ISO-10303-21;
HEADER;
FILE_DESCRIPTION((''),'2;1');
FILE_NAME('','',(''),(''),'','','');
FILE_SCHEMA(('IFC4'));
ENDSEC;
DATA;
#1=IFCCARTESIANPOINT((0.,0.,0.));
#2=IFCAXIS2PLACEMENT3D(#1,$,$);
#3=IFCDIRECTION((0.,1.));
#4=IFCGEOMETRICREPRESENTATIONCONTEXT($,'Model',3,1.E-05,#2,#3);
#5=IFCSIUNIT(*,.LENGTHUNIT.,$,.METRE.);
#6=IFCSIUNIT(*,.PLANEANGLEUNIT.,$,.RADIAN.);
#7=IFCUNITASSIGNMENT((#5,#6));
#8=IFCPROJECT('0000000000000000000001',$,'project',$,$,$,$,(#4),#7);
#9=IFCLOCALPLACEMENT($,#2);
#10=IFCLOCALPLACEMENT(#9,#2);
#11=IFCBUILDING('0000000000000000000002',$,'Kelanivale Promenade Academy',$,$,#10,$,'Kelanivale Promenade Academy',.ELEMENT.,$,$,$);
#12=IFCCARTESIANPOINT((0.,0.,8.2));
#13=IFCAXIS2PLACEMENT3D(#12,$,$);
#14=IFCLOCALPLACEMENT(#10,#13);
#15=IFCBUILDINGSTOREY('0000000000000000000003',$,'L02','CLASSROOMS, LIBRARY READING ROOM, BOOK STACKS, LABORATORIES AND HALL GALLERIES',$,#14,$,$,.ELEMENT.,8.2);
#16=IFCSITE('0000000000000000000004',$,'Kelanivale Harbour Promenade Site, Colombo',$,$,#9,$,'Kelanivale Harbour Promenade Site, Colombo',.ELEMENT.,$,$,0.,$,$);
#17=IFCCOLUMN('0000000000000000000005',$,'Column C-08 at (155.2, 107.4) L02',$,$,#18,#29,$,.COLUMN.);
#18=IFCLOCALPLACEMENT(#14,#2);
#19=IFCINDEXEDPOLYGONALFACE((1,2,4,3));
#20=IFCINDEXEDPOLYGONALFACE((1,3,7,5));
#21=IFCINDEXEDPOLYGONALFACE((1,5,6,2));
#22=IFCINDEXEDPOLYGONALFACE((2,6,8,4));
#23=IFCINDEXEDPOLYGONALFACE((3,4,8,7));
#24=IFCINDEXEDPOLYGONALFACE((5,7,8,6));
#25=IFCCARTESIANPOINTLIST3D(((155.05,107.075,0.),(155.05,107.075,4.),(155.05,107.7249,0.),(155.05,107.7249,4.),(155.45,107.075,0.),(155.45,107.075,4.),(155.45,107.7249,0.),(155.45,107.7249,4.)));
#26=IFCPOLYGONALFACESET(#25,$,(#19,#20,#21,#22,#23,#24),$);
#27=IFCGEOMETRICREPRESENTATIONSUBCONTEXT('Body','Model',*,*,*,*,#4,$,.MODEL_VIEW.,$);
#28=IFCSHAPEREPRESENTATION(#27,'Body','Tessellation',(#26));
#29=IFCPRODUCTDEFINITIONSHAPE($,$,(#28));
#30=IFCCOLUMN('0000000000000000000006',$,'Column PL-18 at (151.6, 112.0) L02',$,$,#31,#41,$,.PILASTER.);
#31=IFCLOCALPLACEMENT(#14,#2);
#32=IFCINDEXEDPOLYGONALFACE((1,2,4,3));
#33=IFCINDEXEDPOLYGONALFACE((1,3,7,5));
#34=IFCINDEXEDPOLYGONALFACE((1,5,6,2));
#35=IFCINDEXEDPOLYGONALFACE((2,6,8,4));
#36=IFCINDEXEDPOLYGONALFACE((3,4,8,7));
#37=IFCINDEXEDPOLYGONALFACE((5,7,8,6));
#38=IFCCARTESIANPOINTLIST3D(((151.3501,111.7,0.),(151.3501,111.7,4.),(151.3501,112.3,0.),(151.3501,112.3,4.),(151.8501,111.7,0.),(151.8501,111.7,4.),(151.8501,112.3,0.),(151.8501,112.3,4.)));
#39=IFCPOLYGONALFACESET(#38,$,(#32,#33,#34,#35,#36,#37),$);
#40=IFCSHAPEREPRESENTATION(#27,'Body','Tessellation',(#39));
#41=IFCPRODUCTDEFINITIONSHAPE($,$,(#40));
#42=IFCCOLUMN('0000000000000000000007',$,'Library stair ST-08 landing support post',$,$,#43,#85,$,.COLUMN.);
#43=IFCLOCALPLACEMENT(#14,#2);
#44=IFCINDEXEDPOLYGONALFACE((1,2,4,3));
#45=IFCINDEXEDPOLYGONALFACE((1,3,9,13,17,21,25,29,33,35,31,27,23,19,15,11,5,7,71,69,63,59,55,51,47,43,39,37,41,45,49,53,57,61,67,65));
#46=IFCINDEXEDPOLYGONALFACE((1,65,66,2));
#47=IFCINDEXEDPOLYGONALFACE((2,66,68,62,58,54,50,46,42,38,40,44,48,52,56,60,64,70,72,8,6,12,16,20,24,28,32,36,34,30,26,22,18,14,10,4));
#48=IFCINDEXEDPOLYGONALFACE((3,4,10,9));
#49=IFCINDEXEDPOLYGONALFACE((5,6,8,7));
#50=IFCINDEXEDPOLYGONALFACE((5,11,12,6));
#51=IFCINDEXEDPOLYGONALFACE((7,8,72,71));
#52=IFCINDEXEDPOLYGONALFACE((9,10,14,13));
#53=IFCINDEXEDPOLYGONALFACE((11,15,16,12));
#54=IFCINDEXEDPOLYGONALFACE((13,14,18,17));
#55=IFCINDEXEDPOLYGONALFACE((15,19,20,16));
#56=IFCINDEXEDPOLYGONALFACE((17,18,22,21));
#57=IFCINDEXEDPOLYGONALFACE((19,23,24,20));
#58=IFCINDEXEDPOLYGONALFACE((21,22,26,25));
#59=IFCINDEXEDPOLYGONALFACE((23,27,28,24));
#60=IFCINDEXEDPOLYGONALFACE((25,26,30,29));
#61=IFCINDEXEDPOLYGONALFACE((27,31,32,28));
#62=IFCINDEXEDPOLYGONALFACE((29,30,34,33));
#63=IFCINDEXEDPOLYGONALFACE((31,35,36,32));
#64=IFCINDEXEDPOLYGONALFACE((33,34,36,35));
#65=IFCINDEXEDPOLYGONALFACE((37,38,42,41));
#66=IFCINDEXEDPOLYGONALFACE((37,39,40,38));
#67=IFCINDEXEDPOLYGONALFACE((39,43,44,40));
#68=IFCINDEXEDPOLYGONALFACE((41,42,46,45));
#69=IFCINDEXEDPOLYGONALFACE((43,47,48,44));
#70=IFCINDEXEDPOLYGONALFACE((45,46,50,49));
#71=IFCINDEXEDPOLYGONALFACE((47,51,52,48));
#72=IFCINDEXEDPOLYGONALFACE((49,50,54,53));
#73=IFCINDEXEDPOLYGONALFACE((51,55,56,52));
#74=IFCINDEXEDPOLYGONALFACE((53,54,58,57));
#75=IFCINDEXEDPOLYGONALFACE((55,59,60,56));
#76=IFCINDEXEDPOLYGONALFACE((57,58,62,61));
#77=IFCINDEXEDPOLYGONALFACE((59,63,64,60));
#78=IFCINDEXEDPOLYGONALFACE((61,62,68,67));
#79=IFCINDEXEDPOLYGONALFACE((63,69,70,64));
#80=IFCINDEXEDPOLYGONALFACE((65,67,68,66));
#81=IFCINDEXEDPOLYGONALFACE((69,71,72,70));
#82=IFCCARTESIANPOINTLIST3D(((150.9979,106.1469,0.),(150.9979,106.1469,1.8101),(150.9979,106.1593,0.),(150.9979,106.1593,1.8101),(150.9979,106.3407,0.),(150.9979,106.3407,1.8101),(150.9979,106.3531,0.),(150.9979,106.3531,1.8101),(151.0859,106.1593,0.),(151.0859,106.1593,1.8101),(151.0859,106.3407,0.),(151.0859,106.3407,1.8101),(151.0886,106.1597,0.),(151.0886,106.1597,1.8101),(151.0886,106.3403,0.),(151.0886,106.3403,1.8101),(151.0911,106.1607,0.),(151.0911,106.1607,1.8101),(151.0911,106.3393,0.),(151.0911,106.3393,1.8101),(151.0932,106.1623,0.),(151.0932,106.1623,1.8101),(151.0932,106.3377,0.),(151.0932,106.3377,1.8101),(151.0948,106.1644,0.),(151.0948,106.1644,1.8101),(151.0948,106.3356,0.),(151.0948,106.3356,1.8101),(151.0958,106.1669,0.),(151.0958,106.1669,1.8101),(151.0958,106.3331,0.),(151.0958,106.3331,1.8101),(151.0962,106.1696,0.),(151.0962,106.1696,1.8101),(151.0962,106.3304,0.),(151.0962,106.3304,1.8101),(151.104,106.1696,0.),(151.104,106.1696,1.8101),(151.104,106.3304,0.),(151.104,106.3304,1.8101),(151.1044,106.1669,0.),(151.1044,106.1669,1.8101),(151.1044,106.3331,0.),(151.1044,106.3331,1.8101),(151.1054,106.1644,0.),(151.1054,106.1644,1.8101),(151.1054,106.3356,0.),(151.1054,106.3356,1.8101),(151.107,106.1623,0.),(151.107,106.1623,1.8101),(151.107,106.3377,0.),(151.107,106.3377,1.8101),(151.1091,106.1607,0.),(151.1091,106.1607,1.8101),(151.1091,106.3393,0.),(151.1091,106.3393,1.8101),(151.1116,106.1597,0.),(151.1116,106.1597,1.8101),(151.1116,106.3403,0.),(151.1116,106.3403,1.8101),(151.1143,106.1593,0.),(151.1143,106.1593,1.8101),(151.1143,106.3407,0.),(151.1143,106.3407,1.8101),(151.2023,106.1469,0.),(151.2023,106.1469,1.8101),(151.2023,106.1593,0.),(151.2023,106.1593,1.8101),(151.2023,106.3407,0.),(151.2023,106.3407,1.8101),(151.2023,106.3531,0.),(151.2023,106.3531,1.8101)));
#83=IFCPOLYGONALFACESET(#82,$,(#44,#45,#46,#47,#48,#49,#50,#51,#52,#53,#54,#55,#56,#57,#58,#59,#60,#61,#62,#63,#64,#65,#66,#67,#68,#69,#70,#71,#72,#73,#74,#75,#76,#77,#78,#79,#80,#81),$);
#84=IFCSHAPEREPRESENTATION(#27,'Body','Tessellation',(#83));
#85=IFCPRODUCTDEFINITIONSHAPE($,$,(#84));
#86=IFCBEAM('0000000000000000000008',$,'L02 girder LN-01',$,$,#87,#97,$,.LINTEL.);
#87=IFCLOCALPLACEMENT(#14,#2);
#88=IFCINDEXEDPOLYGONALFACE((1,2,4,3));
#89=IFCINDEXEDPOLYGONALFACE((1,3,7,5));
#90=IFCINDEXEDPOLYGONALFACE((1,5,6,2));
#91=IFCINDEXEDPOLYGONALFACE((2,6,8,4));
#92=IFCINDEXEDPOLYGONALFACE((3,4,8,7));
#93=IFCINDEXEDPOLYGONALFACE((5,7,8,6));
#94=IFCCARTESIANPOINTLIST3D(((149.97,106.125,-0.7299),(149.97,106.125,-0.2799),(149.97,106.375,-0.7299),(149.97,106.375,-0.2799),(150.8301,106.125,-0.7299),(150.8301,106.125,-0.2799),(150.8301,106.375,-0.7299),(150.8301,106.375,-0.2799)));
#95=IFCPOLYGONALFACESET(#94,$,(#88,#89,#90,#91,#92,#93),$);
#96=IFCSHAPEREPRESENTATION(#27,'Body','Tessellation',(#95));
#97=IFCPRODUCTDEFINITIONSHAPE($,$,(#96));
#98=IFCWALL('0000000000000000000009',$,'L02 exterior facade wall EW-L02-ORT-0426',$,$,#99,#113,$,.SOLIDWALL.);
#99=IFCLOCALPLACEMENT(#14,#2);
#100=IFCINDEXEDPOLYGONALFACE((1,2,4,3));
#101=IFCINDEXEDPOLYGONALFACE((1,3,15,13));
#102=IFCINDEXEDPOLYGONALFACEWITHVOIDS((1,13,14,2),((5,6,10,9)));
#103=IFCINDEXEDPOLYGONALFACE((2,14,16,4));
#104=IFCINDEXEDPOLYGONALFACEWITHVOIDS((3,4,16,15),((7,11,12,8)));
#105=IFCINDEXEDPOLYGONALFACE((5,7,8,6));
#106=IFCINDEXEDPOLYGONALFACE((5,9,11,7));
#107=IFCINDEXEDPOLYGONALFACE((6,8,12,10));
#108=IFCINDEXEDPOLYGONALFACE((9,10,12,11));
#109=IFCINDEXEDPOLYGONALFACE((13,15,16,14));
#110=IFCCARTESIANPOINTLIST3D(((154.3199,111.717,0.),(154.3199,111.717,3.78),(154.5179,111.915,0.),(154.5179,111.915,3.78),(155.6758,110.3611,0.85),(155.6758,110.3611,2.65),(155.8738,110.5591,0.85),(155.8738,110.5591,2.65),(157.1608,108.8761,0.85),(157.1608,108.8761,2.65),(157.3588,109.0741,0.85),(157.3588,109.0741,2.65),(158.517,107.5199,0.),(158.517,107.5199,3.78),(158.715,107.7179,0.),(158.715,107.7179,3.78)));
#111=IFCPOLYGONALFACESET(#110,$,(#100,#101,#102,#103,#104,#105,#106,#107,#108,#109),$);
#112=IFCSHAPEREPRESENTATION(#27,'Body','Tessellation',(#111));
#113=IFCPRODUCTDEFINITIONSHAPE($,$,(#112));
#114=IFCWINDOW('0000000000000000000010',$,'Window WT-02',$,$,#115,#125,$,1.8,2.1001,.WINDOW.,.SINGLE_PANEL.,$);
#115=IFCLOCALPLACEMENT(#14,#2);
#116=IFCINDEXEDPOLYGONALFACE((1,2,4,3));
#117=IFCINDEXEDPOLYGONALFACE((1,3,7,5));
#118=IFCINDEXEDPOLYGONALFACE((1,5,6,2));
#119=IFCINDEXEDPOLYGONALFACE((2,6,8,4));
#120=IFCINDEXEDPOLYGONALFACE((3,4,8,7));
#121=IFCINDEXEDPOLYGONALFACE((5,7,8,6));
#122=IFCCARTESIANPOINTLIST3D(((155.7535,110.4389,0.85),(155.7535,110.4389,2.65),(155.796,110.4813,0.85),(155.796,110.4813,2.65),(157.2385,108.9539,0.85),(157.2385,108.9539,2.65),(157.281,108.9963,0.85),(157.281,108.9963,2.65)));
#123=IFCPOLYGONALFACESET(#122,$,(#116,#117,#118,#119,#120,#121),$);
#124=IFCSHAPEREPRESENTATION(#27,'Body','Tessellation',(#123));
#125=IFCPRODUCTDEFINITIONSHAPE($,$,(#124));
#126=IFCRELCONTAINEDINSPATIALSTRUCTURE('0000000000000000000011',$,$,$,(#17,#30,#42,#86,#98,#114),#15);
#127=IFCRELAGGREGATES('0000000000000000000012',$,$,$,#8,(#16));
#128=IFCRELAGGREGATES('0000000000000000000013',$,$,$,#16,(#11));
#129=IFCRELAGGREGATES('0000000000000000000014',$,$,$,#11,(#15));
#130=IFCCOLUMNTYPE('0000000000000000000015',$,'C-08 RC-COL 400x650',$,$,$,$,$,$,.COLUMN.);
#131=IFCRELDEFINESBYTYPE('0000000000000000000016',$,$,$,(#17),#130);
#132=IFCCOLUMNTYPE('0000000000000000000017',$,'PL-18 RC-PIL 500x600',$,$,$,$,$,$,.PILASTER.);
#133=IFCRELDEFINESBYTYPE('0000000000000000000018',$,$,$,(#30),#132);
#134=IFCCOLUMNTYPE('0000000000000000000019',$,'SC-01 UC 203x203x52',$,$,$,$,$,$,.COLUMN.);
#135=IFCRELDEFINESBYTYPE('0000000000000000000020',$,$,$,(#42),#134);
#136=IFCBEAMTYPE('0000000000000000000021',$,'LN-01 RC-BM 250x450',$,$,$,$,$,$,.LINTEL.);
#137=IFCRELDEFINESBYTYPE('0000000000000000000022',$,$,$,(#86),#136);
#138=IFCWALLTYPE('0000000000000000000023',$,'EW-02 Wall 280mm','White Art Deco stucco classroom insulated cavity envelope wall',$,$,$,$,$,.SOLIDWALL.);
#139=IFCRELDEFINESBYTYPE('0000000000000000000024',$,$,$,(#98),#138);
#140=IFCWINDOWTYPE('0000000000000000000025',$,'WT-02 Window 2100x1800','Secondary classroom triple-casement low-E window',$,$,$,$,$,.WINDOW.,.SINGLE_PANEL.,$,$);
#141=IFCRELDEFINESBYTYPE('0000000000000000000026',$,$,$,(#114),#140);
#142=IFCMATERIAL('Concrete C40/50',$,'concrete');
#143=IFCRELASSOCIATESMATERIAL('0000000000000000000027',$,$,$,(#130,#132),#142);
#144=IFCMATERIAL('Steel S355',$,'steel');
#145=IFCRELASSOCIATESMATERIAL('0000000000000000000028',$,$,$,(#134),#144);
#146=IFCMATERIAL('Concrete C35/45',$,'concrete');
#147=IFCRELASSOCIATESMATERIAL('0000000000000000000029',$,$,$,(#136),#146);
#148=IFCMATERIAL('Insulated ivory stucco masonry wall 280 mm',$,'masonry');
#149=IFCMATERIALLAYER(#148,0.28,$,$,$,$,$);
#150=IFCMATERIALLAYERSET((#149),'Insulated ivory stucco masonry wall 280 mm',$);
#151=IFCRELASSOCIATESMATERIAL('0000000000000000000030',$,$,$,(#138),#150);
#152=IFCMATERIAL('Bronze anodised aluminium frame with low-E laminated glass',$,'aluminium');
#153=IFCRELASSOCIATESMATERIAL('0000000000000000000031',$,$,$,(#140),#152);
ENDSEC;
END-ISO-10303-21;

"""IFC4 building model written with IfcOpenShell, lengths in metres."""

from ifc_helpers import new_model, si_unit, direction, frame, frame_2d, origin, origin_2d, place, context, subcontext, project, spatial, rectangle, i_section, extrude, material, layer, layer_set, material_profile, profile_set, type_object, element, fill, save


model = new_model("IFC4")

# Units and contexts
model_context = context("Model", 3, precision=1e-05, world=origin(), true_north=direction((0.0, 1.0)))
body_context = subcontext(model_context, "Body", "Model", "MODEL_VIEW")
ifc_project = project(units=[si_unit("LENGTHUNIT", "METRE"), si_unit("PLANEANGLEUNIT", "RADIAN")], contexts=[model_context])

# Site, building, storey
site_placement = place(None, origin())
site = spatial("IfcSite", under=ifc_project, at=site_placement, Name="Kelanivale Harbour Promenade Site, Colombo", LongName="Kelanivale Harbour Promenade Site, Colombo", CompositionType="ELEMENT", RefElevation=0.0)
building_placement = place(site_placement, origin())
building = spatial("IfcBuilding", under=site, at=building_placement, Name="Kelanivale Promenade Academy", LongName="Kelanivale Promenade Academy", CompositionType="ELEMENT")
storey_placement = place(building_placement, frame((0.0, 0.0, 8.2)))
storey = spatial("IfcBuildingStorey", under=building, at=storey_placement, Name="L02", Description="CLASSROOMS, LIBRARY READING ROOM, BOOK STACKS, LABORATORIES AND HALL GALLERIES", CompositionType="ELEMENT", Elevation=8.2)

# Columns
ifc_material_1 = material(Name="Concrete C40/50", Category="concrete")
ifc_material_profile_1 = material_profile(ifc_material_1, rectangle(XDim=0.3999, YDim=0.6499, at=origin_2d()), Name="RC-COL 400x650")
ifc_profile_set_1 = profile_set([ifc_material_profile_1], Name="Concrete C40/50")
column_type_1 = type_object("IfcColumnType", Name="C-08 RC-COL 400x650", PredefinedType="COLUMN", material=ifc_profile_set_1)
column_1_placement = place(storey_placement, frame((155.25, 107.3999, 0.0), z_axis=(0.0, 0.0, 1.0), x_axis=(1.0, 0.0, 0.0)))
element("IfcColumn", 1, at=column_1_placement, inside=storey, type_object=column_type_1, Name="Column C-08 at (155.2, 107.4) L02", PredefinedType="COLUMN", context=body_context, shape_type="SweptSolid", body=[
    extrude(rectangle(XDim=0.3999, YDim=0.6499, at=origin_2d()), origin(), (0.0, 0.0, 1.0), 4.0),
])
ifc_material_profile_2 = material_profile(ifc_material_1, rectangle(XDim=0.5, YDim=0.6001, at=origin_2d()), Name="RC-PIL 500x600")
ifc_profile_set_2 = profile_set([ifc_material_profile_2], Name="Concrete C40/50")
column_type_2 = type_object("IfcColumnType", Name="PL-18 RC-PIL 500x600", PredefinedType="PILASTER", material=ifc_profile_set_2)
column_2_placement = place(storey_placement, frame((151.6001, 112.0, 0.0), z_axis=(0.0, 0.0, 1.0), x_axis=(1.0, 0.0, 0.0)))
element("IfcColumn", 2, at=column_2_placement, inside=storey, type_object=column_type_2, Name="Column PL-18 at (151.6, 112.0) L02", PredefinedType="PILASTER", context=body_context, shape_type="SweptSolid", body=[
    extrude(rectangle(XDim=0.5, YDim=0.6001, at=origin_2d()), origin(), (0.0, 0.0, 1.0), 4.0),
])
ifc_material_2 = material(Name="Steel S355", Category="steel")
ifc_material_profile_3 = material_profile(ifc_material_2, i_section(OverallWidth=0.2043, OverallDepth=0.2063, WebThickness=0.0078, FlangeThickness=0.0125, FilletRadius=0.0103, at=origin_2d()), Name="UC 203x203x52")
ifc_profile_set_3 = profile_set([ifc_material_profile_3], Name="Steel S355")
column_type_3 = type_object("IfcColumnType", Name="SC-01 UC 203x203x52", PredefinedType="COLUMN", material=ifc_profile_set_3)
column_3_placement = place(storey_placement, frame((151.1001, 106.25, 0.0), z_axis=(0.0, 0.0, 1.0), x_axis=(1.0, 0.0, 0.0)))
element("IfcColumn", 3, at=column_3_placement, inside=storey, type_object=column_type_3, Name="Library stair ST-08 landing support post", PredefinedType="COLUMN", context=body_context, shape_type="SweptSolid", body=[
    extrude(i_section(OverallWidth=0.2043, OverallDepth=0.2063, WebThickness=0.0078, FlangeThickness=0.0125, FilletRadius=0.0103, at=origin_2d()), origin(), (0.0, 0.0, 1.0), 1.8101),
])

# Beam
ifc_material_3 = material(Name="Concrete C35/45", Category="concrete")
ifc_material_profile_4 = material_profile(ifc_material_3, rectangle(XDim=0.25, YDim=0.45, at=origin_2d()), Name="RC-BM 250x450")
ifc_profile_set_4 = profile_set([ifc_material_profile_4], Name="Concrete C35/45")
beam_type = type_object("IfcBeamType", Name="LN-01 RC-BM 250x450", PredefinedType="LINTEL", material=ifc_profile_set_4)
beam_placement = place(storey_placement, frame((149.97, 106.25, -0.5049), z_axis=(1.0, 0.0, 0.0), x_axis=(0.0, 1.0, 0.0)))
element("IfcBeam", 4, at=beam_placement, inside=storey, type_object=beam_type, Name="L02 girder LN-01", PredefinedType="LINTEL", context=body_context, shape_type="SweptSolid", body=[
    extrude(rectangle(XDim=0.25, YDim=0.45, at=origin_2d()), origin(), (0.0, 0.0, 1.0), 0.8601),
])

# Wall, opening, window
ifc_material_4 = material(Name="Insulated ivory stucco masonry wall 280 mm", Category="masonry")
ifc_layer_1 = layer(ifc_material_4, 0.28)
ifc_layer_set_1 = layer_set([ifc_layer_1], Name="Insulated ivory stucco masonry wall 280 mm")
wall_type_1 = type_object("IfcWallType", Name="EW-02 Wall 280mm", Description="White Art Deco stucco classroom insulated cavity envelope wall", PredefinedType="SOLIDWALL", material=ifc_layer_set_1)
wall_1_placement = place(storey_placement, frame((158.616, 107.6189, 0.0), z_axis=(0.0, 0.0, 1.0), x_axis=(-0.707107, 0.707107, 0.0)))
wall_1 = element("IfcWall", 5, at=wall_1_placement, inside=storey, type_object=wall_type_1, Name="L02 exterior facade wall EW-L02-ORT-0426", PredefinedType="SOLIDWALL", context=body_context, shape_type="SweptSolid", body=[
    extrude(rectangle(XDim=5.9355, YDim=0.28, at=frame_2d((2.9678, 0.0))), origin(), (0.0, 0.0, 1.0), 3.78),
])
opening_1_placement = place(wall_1_placement, frame((1.918, 0.0, 0.8501)))
opening_1 = element("IfcOpeningElement", 6, at=opening_1_placement, cuts=wall_1, PredefinedType="OPENING", context=body_context, shape_type="SweptSolid", body=[
    extrude(rectangle(XDim=2.1001, YDim=1.8, at=frame_2d((1.05, 0.8999))), frame((0.0, 0.1499, 0.0), z_axis=(0.0, -1.0, 0.0), x_axis=(1.0, 0.0, 0.0)), (0.0, 0.0, 1.0), 0.3),
])
ifc_material_5 = material(Name="Bronze anodised aluminium frame with low-E laminated glass", Category="aluminium")
window_type_1 = type_object("IfcWindowType", Name="WT-02 Window 2100x1800", Description="Secondary classroom triple-casement low-E window", PartitioningType="SINGLE_PANEL", PredefinedType="WINDOW", material=ifc_material_5)
window_1_placement = place(opening_1_placement, origin())
window_1 = element("IfcWindow", 7, at=window_1_placement, inside=storey, type_object=window_type_1, Name="Window WT-02", OverallHeight=1.8, OverallWidth=2.1001, PartitioningType="SINGLE_PANEL", PredefinedType="WINDOW", context=body_context, shape_type="SweptSolid", body=[
    extrude(rectangle(XDim=2.1001, YDim=1.8, at=frame_2d((1.05, 0.8999))), frame((0.0, 0.03, 0.0), z_axis=(0.0, -1.0, 0.0), x_axis=(1.0, 0.0, 0.0)), (0.0, 0.0, 1.0), 0.0601),
])
fill(opening_1, window_1)

save(model, "model.ifc")
